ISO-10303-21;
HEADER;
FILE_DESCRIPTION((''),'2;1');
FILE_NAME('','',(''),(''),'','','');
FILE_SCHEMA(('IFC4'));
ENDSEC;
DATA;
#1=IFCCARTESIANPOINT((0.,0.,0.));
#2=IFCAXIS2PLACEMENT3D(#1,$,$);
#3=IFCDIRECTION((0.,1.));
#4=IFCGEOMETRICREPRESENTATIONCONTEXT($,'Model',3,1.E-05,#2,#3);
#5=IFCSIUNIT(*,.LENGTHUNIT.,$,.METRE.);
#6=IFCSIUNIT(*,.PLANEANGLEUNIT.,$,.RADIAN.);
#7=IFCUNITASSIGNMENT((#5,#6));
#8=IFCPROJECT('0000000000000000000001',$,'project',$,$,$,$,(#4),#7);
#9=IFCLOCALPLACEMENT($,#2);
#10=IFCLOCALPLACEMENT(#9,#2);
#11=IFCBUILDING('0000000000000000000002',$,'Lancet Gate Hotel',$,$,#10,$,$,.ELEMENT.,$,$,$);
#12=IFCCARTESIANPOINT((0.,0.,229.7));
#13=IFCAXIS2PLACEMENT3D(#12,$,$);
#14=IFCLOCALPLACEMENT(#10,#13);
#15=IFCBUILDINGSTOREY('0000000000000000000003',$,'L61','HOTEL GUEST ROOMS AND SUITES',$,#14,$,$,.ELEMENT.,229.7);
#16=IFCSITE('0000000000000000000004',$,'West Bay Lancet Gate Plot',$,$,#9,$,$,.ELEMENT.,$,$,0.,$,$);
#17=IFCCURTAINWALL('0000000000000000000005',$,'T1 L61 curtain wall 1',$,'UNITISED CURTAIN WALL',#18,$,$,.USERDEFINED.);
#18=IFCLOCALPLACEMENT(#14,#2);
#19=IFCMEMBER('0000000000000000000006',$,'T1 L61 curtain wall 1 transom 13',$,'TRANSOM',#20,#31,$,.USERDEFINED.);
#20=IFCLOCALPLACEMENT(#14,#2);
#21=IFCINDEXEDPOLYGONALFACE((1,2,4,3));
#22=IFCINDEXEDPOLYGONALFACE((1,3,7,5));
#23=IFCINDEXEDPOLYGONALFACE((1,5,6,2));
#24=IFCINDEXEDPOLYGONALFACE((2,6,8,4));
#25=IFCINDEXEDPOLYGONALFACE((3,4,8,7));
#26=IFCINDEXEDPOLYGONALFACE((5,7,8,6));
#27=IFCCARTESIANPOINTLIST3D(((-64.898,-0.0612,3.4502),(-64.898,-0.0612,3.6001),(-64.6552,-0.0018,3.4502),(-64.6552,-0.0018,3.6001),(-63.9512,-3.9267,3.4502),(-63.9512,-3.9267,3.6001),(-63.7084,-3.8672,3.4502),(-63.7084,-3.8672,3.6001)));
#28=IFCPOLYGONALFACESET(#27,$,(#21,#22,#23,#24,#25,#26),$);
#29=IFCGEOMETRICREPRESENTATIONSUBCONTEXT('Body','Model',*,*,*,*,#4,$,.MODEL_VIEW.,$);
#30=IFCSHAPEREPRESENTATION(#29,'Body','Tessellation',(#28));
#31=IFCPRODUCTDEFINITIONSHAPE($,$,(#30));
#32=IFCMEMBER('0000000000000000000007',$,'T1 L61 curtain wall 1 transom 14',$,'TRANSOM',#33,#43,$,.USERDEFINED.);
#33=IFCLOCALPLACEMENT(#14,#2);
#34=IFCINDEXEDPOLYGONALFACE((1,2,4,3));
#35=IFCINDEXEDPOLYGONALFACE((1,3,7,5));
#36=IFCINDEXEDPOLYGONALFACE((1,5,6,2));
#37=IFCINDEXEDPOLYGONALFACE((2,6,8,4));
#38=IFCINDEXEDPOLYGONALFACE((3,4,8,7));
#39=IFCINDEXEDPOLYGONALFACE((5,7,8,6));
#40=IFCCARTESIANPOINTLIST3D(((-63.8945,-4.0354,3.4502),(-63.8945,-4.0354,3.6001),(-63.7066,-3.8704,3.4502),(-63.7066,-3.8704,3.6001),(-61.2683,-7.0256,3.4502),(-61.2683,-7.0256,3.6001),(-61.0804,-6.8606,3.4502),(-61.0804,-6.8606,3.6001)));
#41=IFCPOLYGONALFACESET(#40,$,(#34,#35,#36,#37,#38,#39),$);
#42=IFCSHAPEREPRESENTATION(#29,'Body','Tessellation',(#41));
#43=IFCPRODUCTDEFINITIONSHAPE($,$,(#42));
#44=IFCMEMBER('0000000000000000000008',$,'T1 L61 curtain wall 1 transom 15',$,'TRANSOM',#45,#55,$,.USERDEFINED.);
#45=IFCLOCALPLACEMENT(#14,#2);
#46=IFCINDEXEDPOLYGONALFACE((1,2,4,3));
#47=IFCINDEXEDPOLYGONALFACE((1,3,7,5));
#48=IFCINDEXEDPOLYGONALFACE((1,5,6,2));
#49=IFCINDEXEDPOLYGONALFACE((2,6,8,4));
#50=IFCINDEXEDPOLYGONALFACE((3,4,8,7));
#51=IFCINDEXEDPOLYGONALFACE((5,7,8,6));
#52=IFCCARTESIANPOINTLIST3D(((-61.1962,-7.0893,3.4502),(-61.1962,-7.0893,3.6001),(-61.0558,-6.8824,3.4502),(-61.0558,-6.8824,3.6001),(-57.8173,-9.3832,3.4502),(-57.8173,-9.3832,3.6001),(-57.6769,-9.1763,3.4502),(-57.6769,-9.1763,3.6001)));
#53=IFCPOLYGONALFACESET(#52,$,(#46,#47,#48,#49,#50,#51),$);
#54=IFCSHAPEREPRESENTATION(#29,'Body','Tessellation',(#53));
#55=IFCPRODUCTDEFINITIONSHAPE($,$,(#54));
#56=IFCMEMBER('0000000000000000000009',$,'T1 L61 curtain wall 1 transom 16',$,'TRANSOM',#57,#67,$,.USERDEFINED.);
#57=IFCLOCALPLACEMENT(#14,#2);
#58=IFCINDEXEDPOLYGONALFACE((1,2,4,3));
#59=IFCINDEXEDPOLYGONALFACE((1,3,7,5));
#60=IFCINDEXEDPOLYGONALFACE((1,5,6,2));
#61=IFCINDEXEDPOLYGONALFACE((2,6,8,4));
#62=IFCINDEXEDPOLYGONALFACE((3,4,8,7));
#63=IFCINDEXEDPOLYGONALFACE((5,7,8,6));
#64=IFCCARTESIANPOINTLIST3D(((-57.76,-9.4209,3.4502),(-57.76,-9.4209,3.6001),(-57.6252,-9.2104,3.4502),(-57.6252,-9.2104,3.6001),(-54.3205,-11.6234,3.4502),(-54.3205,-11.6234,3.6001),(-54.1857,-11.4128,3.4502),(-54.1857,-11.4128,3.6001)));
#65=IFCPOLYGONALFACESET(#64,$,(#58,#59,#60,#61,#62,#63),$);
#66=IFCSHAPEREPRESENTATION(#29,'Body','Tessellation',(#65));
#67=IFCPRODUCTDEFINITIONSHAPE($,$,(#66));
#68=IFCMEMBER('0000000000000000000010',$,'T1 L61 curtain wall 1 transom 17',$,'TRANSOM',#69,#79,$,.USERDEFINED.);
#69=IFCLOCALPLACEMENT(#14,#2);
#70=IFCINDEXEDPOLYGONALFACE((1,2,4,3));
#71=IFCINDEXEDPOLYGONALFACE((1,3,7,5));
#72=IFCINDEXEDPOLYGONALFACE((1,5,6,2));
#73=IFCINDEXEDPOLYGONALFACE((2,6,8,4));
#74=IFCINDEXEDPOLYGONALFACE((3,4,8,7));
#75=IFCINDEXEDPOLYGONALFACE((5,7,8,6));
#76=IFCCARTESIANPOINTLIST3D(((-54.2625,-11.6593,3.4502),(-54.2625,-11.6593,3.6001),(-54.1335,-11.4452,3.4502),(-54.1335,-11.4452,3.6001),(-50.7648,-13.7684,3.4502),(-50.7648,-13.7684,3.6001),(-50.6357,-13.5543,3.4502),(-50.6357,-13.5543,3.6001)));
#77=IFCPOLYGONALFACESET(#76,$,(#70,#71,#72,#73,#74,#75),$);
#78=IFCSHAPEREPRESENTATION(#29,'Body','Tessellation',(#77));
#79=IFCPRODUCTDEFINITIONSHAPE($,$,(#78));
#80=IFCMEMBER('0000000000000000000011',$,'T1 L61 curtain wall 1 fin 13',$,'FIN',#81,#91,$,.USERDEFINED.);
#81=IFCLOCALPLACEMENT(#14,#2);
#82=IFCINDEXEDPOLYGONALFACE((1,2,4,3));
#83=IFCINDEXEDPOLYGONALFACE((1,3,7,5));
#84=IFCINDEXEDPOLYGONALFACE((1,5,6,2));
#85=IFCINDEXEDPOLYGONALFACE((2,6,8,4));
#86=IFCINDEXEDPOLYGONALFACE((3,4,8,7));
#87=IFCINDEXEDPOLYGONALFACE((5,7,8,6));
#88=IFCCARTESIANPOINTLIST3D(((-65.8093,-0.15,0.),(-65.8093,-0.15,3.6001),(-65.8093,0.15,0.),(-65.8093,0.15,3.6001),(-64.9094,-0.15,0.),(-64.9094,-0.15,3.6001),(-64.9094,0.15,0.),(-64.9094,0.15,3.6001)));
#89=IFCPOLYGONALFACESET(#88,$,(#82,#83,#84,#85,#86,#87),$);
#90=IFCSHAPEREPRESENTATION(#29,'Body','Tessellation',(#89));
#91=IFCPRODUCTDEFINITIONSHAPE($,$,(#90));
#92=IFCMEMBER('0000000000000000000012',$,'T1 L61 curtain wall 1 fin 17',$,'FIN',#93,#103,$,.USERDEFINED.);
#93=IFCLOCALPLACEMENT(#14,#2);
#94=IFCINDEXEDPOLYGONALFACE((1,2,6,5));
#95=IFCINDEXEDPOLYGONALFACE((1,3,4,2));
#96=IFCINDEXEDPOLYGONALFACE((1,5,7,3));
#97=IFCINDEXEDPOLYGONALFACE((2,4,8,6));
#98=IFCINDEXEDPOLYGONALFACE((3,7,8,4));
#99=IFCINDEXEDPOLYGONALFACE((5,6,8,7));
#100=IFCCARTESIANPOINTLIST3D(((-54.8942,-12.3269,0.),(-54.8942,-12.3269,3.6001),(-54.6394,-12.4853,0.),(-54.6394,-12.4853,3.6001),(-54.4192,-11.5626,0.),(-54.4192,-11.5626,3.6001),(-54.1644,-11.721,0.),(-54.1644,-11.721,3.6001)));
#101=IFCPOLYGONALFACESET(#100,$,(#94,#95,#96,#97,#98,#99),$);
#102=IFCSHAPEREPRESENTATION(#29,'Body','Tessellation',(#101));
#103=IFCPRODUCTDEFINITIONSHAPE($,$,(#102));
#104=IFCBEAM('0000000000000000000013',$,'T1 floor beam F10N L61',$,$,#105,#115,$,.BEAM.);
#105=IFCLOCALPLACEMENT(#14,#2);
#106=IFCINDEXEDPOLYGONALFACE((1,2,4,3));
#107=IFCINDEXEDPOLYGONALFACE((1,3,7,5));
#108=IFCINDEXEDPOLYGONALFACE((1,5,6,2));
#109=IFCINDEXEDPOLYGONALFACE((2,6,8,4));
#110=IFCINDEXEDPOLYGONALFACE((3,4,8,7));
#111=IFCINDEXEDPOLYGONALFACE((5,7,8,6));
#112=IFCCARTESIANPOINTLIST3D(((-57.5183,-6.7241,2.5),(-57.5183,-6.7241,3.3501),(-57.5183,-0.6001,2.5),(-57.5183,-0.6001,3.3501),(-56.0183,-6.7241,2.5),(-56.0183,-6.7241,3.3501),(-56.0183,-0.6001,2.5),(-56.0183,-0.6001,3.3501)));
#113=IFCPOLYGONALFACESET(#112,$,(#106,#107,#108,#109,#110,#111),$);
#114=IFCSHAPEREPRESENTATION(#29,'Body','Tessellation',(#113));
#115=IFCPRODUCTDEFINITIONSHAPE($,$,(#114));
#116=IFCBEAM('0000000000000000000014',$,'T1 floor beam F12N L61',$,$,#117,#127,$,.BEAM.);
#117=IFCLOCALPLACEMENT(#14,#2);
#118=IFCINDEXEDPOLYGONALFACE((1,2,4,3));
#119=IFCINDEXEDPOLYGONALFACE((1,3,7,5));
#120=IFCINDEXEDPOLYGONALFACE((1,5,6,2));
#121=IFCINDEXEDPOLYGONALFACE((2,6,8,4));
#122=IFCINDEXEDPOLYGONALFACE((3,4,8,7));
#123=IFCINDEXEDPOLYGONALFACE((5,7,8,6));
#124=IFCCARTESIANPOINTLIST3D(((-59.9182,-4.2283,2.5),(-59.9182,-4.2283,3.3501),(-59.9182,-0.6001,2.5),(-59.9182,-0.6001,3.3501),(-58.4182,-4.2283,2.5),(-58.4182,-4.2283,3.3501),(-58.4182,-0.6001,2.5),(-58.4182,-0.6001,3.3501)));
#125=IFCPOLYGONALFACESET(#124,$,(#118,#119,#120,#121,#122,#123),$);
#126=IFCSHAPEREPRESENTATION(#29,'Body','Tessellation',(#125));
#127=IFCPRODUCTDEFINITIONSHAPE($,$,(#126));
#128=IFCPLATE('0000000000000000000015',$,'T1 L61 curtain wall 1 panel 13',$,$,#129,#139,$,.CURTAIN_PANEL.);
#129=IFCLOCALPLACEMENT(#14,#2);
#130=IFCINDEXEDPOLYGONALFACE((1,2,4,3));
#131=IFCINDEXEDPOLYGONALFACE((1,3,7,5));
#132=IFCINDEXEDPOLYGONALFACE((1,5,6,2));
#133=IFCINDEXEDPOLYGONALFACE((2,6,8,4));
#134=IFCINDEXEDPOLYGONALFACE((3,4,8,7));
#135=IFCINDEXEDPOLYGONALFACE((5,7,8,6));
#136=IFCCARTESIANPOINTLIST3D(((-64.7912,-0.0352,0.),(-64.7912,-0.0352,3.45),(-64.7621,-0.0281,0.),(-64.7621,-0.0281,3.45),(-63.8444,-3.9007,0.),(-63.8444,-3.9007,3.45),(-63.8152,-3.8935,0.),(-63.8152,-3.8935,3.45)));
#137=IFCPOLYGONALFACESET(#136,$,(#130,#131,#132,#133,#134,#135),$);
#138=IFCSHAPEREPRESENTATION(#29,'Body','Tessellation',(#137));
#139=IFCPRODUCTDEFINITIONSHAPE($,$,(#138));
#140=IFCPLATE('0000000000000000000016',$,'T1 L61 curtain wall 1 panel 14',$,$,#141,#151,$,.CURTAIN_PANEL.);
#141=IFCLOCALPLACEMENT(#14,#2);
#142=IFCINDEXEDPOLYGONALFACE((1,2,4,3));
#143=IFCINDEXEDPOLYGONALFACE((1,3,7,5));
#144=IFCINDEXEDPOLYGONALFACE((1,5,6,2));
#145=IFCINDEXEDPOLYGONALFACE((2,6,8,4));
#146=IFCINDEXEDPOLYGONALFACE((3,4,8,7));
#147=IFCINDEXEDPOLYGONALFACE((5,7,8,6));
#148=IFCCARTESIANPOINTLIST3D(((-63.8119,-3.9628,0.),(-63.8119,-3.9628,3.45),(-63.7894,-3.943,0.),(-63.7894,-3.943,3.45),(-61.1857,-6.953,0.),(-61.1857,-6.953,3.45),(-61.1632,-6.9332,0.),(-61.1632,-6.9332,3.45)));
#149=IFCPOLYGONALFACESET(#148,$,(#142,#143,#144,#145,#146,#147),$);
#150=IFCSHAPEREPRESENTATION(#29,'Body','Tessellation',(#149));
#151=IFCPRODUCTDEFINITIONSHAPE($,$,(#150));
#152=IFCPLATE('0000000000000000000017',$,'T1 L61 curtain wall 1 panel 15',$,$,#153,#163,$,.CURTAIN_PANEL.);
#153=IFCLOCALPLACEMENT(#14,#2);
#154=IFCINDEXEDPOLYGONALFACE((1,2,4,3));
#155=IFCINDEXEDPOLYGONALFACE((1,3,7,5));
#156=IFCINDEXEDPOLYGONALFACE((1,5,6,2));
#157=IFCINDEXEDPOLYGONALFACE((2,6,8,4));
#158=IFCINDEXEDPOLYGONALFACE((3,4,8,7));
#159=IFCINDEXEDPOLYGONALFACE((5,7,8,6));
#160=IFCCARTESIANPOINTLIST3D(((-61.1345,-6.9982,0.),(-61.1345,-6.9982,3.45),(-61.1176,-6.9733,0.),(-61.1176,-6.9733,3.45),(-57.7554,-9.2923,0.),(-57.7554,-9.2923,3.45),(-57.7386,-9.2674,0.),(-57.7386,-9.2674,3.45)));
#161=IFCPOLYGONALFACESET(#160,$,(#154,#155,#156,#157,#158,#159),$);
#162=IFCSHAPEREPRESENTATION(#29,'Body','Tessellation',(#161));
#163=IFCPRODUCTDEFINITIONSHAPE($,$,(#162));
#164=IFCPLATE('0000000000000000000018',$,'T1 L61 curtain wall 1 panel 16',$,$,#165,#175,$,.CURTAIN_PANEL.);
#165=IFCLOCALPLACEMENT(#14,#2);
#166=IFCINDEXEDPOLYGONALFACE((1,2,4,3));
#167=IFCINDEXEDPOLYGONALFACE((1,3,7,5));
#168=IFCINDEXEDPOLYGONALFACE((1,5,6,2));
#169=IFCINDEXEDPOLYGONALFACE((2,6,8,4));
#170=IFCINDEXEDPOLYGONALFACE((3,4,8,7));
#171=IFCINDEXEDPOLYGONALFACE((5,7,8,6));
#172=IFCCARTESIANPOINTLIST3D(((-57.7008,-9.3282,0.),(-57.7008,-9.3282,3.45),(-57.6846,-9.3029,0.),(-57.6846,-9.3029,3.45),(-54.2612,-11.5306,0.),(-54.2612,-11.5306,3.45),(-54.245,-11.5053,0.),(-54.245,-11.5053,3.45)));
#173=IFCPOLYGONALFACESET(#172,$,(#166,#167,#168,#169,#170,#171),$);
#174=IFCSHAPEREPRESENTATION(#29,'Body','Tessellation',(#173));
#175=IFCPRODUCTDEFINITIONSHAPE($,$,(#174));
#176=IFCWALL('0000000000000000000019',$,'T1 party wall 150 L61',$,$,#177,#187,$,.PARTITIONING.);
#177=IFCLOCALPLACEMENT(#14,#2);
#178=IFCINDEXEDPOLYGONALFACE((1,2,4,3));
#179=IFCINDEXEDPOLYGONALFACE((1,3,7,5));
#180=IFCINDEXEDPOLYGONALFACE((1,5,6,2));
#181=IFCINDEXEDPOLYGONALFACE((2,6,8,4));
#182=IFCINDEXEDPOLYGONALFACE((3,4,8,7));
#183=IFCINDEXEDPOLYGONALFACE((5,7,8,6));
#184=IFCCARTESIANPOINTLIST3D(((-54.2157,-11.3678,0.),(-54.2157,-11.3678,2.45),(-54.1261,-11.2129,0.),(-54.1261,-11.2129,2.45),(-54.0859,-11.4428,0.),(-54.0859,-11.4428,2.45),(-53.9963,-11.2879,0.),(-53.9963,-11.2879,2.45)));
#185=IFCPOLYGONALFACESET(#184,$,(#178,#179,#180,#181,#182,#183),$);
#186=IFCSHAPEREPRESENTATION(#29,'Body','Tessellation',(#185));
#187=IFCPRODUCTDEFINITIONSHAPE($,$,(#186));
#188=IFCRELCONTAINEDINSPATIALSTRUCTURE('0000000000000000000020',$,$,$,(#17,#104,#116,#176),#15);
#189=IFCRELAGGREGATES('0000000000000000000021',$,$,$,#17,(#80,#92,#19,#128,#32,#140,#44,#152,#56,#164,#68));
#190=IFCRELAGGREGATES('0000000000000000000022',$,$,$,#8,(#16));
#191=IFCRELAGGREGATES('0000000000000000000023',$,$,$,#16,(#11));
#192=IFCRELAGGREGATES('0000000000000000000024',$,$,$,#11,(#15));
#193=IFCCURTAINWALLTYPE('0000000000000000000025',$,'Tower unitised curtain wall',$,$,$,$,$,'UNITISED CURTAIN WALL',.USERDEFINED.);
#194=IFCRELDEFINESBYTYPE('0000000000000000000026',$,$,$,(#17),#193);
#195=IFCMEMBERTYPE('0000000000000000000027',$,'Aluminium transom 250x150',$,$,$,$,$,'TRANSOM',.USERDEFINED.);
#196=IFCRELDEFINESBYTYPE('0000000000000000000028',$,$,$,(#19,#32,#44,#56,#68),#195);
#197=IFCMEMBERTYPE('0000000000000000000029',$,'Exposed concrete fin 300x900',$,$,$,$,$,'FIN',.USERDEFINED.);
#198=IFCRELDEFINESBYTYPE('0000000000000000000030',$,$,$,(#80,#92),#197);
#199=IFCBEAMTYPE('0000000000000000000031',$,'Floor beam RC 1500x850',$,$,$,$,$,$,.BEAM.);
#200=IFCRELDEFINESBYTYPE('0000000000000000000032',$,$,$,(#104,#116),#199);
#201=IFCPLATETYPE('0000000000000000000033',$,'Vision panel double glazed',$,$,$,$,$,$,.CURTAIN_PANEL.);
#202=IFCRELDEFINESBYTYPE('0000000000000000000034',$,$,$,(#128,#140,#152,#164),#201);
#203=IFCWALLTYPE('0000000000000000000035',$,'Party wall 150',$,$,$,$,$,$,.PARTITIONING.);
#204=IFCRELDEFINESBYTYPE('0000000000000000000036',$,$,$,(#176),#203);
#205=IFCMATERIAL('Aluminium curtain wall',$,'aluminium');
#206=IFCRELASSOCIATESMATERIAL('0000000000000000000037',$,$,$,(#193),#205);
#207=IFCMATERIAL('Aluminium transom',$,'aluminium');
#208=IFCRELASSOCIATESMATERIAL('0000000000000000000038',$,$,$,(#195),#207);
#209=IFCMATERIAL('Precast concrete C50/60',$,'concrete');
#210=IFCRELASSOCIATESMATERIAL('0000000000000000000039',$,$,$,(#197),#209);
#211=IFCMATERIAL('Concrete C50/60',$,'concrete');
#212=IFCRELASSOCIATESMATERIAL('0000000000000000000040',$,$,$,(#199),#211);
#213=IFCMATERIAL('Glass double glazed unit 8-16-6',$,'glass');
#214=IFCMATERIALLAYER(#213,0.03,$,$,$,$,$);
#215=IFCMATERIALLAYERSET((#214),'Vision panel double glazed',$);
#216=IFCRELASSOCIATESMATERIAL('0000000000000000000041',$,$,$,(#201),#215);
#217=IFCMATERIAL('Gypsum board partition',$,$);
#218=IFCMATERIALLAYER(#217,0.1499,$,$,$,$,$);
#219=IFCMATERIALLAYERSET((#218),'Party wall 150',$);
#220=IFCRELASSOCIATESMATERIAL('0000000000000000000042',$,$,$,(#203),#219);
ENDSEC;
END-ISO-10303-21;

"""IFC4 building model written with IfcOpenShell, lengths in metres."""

from ifc_helpers import new_model, si_unit, direction, frame, frame_2d, origin, origin_2d, place, context, subcontext, project, spatial, rectangle, extrude, material, layer, layer_set, material_profile, profile_set, type_object, element, aggregate, save


model = new_model("IFC4")

# Units and contexts
model_context = context("Model", 3, precision=1e-05, world=origin(), true_north=direction((0.0, 1.0)))
body_context = subcontext(model_context, "Body", "Model", "MODEL_VIEW")
ifc_project = project(units=[si_unit("LENGTHUNIT", "METRE"), si_unit("PLANEANGLEUNIT", "RADIAN")], contexts=[model_context])

# Site, building, storey
site_placement = place(None, origin())
site = spatial("IfcSite", under=ifc_project, at=site_placement, Name="West Bay Lancet Gate Plot", CompositionType="ELEMENT", RefElevation=0.0)
building_placement = place(site_placement, origin())
building = spatial("IfcBuilding", under=site, at=building_placement, Name="Lancet Gate Hotel", CompositionType="ELEMENT")
storey_placement = place(building_placement, frame((0.0, 0.0, 229.7)))
storey = spatial("IfcBuildingStorey", under=building, at=storey_placement, Name="L61", Description="HOTEL GUEST ROOMS AND SUITES", CompositionType="ELEMENT", Elevation=229.7)

# Curtain wall, members
ifc_material_1 = material(Name="Aluminium curtain wall", Category="aluminium")
curtain_wall_type = type_object("IfcCurtainWallType", Name="Tower unitised curtain wall", ElementType="UNITISED CURTAIN WALL", PredefinedType="USERDEFINED", material=ifc_material_1)
curtain_wall_placement = place(storey_placement, origin())
curtain_wall = element("IfcCurtainWall", 1, at=curtain_wall_placement, inside=storey, type_object=curtain_wall_type, Name="T1 L61 curtain wall 1", ObjectType="UNITISED CURTAIN WALL", PredefinedType="USERDEFINED")
ifc_material_2 = material(Name="Aluminium transom", Category="aluminium")
ifc_material_profile_1 = material_profile(ifc_material_2, rectangle(XDim=0.25, YDim=0.1499, at=origin_2d()), Name="TRANSOM 250x150")
ifc_profile_set_1 = profile_set([ifc_material_profile_1], Name="Aluminium transom")
member_type_1 = type_object("IfcMemberType", Name="Aluminium transom 250x150", ElementType="TRANSOM", PredefinedType="USERDEFINED", material=ifc_profile_set_1)
member_1_placement = place(storey_placement, frame((-64.7766, -0.0315, 3.5251), z_axis=(0.237899, -0.97129, 0.0), x_axis=(0.97129, 0.237899, 0.0)))
member_1 = element("IfcMember", 2, at=member_1_placement, type_object=member_type_1, Name="T1 L61 curtain wall 1 transom 13", ObjectType="TRANSOM", PredefinedType="USERDEFINED", context=body_context, shape_type="SweptSolid", body=[
    extrude(rectangle(XDim=0.25, YDim=0.1499, at=origin_2d()), origin(), (0.0, 0.0, 1.0), 3.9797),
])
member_2_placement = place(storey_placement, frame((-63.8005, -3.9529, 3.5251), z_axis=(0.659893, -0.751359, 0.0), x_axis=(0.751359, 0.659893, 0.0)))
member_2 = element("IfcMember", 3, at=member_2_placement, type_object=member_type_1, Name="T1 L61 curtain wall 1 transom 14", ObjectType="TRANSOM", PredefinedType="USERDEFINED", context=body_context, shape_type="SweptSolid", body=[
    extrude(rectangle(XDim=0.25, YDim=0.1499, at=origin_2d()), origin(), (0.0, 0.0, 1.0), 3.9797),
])
member_3_placement = place(storey_placement, frame((-61.126, -6.9858, 3.5251), z_axis=(0.827349, -0.561689, 0.0), x_axis=(0.561689, 0.827349, 0.0)))
member_3 = element("IfcMember", 4, at=member_3_placement, type_object=member_type_1, Name="T1 L61 curtain wall 1 transom 15", ObjectType="TRANSOM", PredefinedType="USERDEFINED", context=body_context, shape_type="SweptSolid", body=[
    extrude(rectangle(XDim=0.25, YDim=0.1499, at=origin_2d()), origin(), (0.0, 0.0, 1.0), 4.084),
])
member_4_placement = place(storey_placement, frame((-57.6926, -9.3157, 3.5251), z_axis=(0.842144, -0.539252, 0.0), x_axis=(0.539252, 0.842144, 0.0)))
member_4 = element("IfcMember", 5, at=member_4_placement, type_object=member_type_1, Name="T1 L61 curtain wall 1 transom 16", ObjectType="TRANSOM", PredefinedType="USERDEFINED", context=body_context, shape_type="SweptSolid", body=[
    extrude(rectangle(XDim=0.25, YDim=0.1499, at=origin_2d()), origin(), (0.0, 0.0, 1.0), 4.0842),
])
member_5_placement = place(storey_placement, frame((-54.198, -11.5522, 3.5251), z_axis=(0.856362, -0.516376, 0.0), x_axis=(0.516376, 0.856362, 0.0)))
member_5 = element("IfcMember", 6, at=member_5_placement, type_object=member_type_1, Name="T1 L61 curtain wall 1 transom 17", ObjectType="TRANSOM", PredefinedType="USERDEFINED", context=body_context, shape_type="SweptSolid", body=[
    extrude(rectangle(XDim=0.25, YDim=0.1499, at=origin_2d()), origin(), (0.0, 0.0, 1.0), 4.0845),
])
ifc_material_3 = material(Name="Precast concrete C50/60", Category="concrete")
ifc_material_profile_2 = material_profile(ifc_material_3, rectangle(XDim=0.3, YDim=0.8999, at=origin_2d()), Name="FIN 300x900")
ifc_profile_set_2 = profile_set([ifc_material_profile_2], Name="Precast concrete C50/60")
member_type_2 = type_object("IfcMemberType", Name="Exposed concrete fin 300x900", ElementType="FIN", PredefinedType="USERDEFINED", material=ifc_profile_set_2)
member_6_placement = place(storey_placement, frame((-65.3594, 0.0, 0.0), z_axis=(0.0, 0.0, 1.0), x_axis=(0.0, -1.0, 0.0)))
member_6 = element("IfcMember", 7, at=member_6_placement, type_object=member_type_2, Name="T1 L61 curtain wall 1 fin 13", ObjectType="FIN", PredefinedType="USERDEFINED", context=body_context, shape_type="SweptSolid", body=[
    extrude(rectangle(XDim=0.3, YDim=0.8999, at=origin_2d()), origin(), (0.0, 0.0, 1.0), 3.6001),
])
member_7_placement = place(storey_placement, frame((-54.5293, -12.0239, 0.0), z_axis=(0.0, 0.0, 1.0), x_axis=(0.849342, -0.527842, 0.0)))
member_7 = element("IfcMember", 8, at=member_7_placement, type_object=member_type_2, Name="T1 L61 curtain wall 1 fin 17", ObjectType="FIN", PredefinedType="USERDEFINED", context=body_context, shape_type="SweptSolid", body=[
    extrude(rectangle(XDim=0.3, YDim=0.8999, at=origin_2d()), origin(), (0.0, 0.0, 1.0), 3.6001),
])

# Beams
ifc_material_4 = material(Name="Concrete C50/60", Category="concrete")
ifc_material_profile_3 = material_profile(ifc_material_4, rectangle(XDim=1.5, YDim=0.8501, at=origin_2d()), Name="RC 1500x850")
ifc_profile_set_3 = profile_set([ifc_material_profile_3], Name="Concrete C50/60")
beam_type = type_object("IfcBeamType", Name="Floor beam RC 1500x850", PredefinedType="BEAM", material=ifc_profile_set_3)
beam_1_placement = place(storey_placement, frame((-56.7683, -0.6001, 2.925), z_axis=(0.0, -1.0, 0.0), x_axis=(1.0, 0.0, 0.0)))
element("IfcBeam", 9, at=beam_1_placement, inside=storey, type_object=beam_type, Name="T1 floor beam F10N L61", PredefinedType="BEAM", context=body_context, shape_type="SweptSolid", body=[
    extrude(rectangle(XDim=1.5, YDim=0.8501, at=origin_2d()), origin(), (0.0, 0.0, 1.0), 6.124),
])
beam_2_placement = place(storey_placement, frame((-59.1682, -0.6001, 2.925), z_axis=(0.0, -1.0, 0.0), x_axis=(1.0, 0.0, 0.0)))
element("IfcBeam", 10, at=beam_2_placement, inside=storey, type_object=beam_type, Name="T1 floor beam F12N L61", PredefinedType="BEAM", context=body_context, shape_type="SweptSolid", body=[
    extrude(rectangle(XDim=1.5, YDim=0.8501, at=origin_2d()), origin(), (0.0, 0.0, 1.0), 3.6282),
])

# Plates
ifc_material_5 = material(Name="Glass double glazed unit 8-16-6", Category="glass")
ifc_layer_1 = layer(ifc_material_5, 0.03)
ifc_layer_set_1 = layer_set([ifc_layer_1], Name="Vision panel double glazed")
plate_type = type_object("IfcPlateType", Name="Vision panel double glazed", PredefinedType="CURTAIN_PANEL", material=ifc_layer_set_1)
plate_1_placement = place(storey_placement, frame((-64.3032, -1.9644, 0.0), z_axis=(0.0, 0.0, 1.0), x_axis=(0.237921, -0.971285, 0.0)))
plate_1 = element("IfcPlate", 11, at=plate_1_placement, type_object=plate_type, Name="T1 L61 curtain wall 1 panel 13", PredefinedType="CURTAIN_PANEL", context=body_context, shape_type="SweptSolid", body=[
    extrude(rectangle(XDim=3.9797, YDim=0.03, at=origin_2d()), origin(), (0.0, 0.0, 1.0), 3.45),
])
plate_2_placement = place(storey_placement, frame((-62.4875, -5.448, 0.0), z_axis=(0.0, 0.0, 1.0), x_axis=(0.659892, -0.751361, 0.0)))
plate_2 = element("IfcPlate", 12, at=plate_2_placement, type_object=plate_type, Name="T1 L61 curtain wall 1 panel 14", PredefinedType="CURTAIN_PANEL", context=body_context, shape_type="SweptSolid", body=[
    extrude(rectangle(XDim=3.9797, YDim=0.03, at=origin_2d()), origin(), (0.0, 0.0, 1.0), 3.45),
])
plate_3_placement = place(storey_placement, frame((-59.4365, -8.1328, 0.0), z_axis=(0.0, 0.0, 1.0), x_axis=(0.827342, -0.561698, 0.0)))
plate_3 = element("IfcPlate", 13, at=plate_3_placement, type_object=plate_type, Name="T1 L61 curtain wall 1 panel 15", PredefinedType="CURTAIN_PANEL", context=body_context, shape_type="SweptSolid", body=[
    extrude(rectangle(XDim=4.0842, YDim=0.03, at=origin_2d()), origin(), (0.0, 0.0, 1.0), 3.45),
])
plate_4_placement = place(storey_placement, frame((-55.9729, -10.4167, 0.0), z_axis=(0.0, 0.0, 1.0), x_axis=(0.842161, -0.539226, 0.0)))
plate_4 = element("IfcPlate", 14, at=plate_4_placement, type_object=plate_type, Name="T1 L61 curtain wall 1 panel 16", PredefinedType="CURTAIN_PANEL", context=body_context, shape_type="SweptSolid", body=[
    extrude(rectangle(XDim=4.0842, YDim=0.03, at=origin_2d()), origin(), (0.0, 0.0, 1.0), 3.45),
])
aggregate(curtain_wall, [member_6, member_7, member_1, plate_1, member_2, plate_2, member_3, plate_3, member_4, plate_4, member_5])

# Wall
ifc_material_6 = material(Name="Gypsum board partition")
ifc_layer_2 = layer(ifc_material_6, 0.1499)
ifc_layer_set_2 = layer_set([ifc_layer_2], Name="Party wall 150")
wall_type = type_object("IfcWallType", Name="Party wall 150", PredefinedType="PARTITIONING", material=ifc_layer_set_2)
wall_placement = place(storey_placement, frame((-54.0613, -11.2505, 0.0), z_axis=(0.0, 0.0, 1.0), x_axis=(-0.500391, -0.865799, 0.0)))
element("IfcWall", 15, at=wall_placement, inside=storey, type_object=wall_type, Name="T1 party wall 150 L61", PredefinedType="PARTITIONING", context=body_context, shape_type="SweptSolid", body=[
    extrude(rectangle(XDim=0.179, YDim=0.1499, at=frame_2d((0.0894, 0.0))), origin(), (0.0, 0.0, 1.0), 2.45),
])

save(model, "model.ifc")
